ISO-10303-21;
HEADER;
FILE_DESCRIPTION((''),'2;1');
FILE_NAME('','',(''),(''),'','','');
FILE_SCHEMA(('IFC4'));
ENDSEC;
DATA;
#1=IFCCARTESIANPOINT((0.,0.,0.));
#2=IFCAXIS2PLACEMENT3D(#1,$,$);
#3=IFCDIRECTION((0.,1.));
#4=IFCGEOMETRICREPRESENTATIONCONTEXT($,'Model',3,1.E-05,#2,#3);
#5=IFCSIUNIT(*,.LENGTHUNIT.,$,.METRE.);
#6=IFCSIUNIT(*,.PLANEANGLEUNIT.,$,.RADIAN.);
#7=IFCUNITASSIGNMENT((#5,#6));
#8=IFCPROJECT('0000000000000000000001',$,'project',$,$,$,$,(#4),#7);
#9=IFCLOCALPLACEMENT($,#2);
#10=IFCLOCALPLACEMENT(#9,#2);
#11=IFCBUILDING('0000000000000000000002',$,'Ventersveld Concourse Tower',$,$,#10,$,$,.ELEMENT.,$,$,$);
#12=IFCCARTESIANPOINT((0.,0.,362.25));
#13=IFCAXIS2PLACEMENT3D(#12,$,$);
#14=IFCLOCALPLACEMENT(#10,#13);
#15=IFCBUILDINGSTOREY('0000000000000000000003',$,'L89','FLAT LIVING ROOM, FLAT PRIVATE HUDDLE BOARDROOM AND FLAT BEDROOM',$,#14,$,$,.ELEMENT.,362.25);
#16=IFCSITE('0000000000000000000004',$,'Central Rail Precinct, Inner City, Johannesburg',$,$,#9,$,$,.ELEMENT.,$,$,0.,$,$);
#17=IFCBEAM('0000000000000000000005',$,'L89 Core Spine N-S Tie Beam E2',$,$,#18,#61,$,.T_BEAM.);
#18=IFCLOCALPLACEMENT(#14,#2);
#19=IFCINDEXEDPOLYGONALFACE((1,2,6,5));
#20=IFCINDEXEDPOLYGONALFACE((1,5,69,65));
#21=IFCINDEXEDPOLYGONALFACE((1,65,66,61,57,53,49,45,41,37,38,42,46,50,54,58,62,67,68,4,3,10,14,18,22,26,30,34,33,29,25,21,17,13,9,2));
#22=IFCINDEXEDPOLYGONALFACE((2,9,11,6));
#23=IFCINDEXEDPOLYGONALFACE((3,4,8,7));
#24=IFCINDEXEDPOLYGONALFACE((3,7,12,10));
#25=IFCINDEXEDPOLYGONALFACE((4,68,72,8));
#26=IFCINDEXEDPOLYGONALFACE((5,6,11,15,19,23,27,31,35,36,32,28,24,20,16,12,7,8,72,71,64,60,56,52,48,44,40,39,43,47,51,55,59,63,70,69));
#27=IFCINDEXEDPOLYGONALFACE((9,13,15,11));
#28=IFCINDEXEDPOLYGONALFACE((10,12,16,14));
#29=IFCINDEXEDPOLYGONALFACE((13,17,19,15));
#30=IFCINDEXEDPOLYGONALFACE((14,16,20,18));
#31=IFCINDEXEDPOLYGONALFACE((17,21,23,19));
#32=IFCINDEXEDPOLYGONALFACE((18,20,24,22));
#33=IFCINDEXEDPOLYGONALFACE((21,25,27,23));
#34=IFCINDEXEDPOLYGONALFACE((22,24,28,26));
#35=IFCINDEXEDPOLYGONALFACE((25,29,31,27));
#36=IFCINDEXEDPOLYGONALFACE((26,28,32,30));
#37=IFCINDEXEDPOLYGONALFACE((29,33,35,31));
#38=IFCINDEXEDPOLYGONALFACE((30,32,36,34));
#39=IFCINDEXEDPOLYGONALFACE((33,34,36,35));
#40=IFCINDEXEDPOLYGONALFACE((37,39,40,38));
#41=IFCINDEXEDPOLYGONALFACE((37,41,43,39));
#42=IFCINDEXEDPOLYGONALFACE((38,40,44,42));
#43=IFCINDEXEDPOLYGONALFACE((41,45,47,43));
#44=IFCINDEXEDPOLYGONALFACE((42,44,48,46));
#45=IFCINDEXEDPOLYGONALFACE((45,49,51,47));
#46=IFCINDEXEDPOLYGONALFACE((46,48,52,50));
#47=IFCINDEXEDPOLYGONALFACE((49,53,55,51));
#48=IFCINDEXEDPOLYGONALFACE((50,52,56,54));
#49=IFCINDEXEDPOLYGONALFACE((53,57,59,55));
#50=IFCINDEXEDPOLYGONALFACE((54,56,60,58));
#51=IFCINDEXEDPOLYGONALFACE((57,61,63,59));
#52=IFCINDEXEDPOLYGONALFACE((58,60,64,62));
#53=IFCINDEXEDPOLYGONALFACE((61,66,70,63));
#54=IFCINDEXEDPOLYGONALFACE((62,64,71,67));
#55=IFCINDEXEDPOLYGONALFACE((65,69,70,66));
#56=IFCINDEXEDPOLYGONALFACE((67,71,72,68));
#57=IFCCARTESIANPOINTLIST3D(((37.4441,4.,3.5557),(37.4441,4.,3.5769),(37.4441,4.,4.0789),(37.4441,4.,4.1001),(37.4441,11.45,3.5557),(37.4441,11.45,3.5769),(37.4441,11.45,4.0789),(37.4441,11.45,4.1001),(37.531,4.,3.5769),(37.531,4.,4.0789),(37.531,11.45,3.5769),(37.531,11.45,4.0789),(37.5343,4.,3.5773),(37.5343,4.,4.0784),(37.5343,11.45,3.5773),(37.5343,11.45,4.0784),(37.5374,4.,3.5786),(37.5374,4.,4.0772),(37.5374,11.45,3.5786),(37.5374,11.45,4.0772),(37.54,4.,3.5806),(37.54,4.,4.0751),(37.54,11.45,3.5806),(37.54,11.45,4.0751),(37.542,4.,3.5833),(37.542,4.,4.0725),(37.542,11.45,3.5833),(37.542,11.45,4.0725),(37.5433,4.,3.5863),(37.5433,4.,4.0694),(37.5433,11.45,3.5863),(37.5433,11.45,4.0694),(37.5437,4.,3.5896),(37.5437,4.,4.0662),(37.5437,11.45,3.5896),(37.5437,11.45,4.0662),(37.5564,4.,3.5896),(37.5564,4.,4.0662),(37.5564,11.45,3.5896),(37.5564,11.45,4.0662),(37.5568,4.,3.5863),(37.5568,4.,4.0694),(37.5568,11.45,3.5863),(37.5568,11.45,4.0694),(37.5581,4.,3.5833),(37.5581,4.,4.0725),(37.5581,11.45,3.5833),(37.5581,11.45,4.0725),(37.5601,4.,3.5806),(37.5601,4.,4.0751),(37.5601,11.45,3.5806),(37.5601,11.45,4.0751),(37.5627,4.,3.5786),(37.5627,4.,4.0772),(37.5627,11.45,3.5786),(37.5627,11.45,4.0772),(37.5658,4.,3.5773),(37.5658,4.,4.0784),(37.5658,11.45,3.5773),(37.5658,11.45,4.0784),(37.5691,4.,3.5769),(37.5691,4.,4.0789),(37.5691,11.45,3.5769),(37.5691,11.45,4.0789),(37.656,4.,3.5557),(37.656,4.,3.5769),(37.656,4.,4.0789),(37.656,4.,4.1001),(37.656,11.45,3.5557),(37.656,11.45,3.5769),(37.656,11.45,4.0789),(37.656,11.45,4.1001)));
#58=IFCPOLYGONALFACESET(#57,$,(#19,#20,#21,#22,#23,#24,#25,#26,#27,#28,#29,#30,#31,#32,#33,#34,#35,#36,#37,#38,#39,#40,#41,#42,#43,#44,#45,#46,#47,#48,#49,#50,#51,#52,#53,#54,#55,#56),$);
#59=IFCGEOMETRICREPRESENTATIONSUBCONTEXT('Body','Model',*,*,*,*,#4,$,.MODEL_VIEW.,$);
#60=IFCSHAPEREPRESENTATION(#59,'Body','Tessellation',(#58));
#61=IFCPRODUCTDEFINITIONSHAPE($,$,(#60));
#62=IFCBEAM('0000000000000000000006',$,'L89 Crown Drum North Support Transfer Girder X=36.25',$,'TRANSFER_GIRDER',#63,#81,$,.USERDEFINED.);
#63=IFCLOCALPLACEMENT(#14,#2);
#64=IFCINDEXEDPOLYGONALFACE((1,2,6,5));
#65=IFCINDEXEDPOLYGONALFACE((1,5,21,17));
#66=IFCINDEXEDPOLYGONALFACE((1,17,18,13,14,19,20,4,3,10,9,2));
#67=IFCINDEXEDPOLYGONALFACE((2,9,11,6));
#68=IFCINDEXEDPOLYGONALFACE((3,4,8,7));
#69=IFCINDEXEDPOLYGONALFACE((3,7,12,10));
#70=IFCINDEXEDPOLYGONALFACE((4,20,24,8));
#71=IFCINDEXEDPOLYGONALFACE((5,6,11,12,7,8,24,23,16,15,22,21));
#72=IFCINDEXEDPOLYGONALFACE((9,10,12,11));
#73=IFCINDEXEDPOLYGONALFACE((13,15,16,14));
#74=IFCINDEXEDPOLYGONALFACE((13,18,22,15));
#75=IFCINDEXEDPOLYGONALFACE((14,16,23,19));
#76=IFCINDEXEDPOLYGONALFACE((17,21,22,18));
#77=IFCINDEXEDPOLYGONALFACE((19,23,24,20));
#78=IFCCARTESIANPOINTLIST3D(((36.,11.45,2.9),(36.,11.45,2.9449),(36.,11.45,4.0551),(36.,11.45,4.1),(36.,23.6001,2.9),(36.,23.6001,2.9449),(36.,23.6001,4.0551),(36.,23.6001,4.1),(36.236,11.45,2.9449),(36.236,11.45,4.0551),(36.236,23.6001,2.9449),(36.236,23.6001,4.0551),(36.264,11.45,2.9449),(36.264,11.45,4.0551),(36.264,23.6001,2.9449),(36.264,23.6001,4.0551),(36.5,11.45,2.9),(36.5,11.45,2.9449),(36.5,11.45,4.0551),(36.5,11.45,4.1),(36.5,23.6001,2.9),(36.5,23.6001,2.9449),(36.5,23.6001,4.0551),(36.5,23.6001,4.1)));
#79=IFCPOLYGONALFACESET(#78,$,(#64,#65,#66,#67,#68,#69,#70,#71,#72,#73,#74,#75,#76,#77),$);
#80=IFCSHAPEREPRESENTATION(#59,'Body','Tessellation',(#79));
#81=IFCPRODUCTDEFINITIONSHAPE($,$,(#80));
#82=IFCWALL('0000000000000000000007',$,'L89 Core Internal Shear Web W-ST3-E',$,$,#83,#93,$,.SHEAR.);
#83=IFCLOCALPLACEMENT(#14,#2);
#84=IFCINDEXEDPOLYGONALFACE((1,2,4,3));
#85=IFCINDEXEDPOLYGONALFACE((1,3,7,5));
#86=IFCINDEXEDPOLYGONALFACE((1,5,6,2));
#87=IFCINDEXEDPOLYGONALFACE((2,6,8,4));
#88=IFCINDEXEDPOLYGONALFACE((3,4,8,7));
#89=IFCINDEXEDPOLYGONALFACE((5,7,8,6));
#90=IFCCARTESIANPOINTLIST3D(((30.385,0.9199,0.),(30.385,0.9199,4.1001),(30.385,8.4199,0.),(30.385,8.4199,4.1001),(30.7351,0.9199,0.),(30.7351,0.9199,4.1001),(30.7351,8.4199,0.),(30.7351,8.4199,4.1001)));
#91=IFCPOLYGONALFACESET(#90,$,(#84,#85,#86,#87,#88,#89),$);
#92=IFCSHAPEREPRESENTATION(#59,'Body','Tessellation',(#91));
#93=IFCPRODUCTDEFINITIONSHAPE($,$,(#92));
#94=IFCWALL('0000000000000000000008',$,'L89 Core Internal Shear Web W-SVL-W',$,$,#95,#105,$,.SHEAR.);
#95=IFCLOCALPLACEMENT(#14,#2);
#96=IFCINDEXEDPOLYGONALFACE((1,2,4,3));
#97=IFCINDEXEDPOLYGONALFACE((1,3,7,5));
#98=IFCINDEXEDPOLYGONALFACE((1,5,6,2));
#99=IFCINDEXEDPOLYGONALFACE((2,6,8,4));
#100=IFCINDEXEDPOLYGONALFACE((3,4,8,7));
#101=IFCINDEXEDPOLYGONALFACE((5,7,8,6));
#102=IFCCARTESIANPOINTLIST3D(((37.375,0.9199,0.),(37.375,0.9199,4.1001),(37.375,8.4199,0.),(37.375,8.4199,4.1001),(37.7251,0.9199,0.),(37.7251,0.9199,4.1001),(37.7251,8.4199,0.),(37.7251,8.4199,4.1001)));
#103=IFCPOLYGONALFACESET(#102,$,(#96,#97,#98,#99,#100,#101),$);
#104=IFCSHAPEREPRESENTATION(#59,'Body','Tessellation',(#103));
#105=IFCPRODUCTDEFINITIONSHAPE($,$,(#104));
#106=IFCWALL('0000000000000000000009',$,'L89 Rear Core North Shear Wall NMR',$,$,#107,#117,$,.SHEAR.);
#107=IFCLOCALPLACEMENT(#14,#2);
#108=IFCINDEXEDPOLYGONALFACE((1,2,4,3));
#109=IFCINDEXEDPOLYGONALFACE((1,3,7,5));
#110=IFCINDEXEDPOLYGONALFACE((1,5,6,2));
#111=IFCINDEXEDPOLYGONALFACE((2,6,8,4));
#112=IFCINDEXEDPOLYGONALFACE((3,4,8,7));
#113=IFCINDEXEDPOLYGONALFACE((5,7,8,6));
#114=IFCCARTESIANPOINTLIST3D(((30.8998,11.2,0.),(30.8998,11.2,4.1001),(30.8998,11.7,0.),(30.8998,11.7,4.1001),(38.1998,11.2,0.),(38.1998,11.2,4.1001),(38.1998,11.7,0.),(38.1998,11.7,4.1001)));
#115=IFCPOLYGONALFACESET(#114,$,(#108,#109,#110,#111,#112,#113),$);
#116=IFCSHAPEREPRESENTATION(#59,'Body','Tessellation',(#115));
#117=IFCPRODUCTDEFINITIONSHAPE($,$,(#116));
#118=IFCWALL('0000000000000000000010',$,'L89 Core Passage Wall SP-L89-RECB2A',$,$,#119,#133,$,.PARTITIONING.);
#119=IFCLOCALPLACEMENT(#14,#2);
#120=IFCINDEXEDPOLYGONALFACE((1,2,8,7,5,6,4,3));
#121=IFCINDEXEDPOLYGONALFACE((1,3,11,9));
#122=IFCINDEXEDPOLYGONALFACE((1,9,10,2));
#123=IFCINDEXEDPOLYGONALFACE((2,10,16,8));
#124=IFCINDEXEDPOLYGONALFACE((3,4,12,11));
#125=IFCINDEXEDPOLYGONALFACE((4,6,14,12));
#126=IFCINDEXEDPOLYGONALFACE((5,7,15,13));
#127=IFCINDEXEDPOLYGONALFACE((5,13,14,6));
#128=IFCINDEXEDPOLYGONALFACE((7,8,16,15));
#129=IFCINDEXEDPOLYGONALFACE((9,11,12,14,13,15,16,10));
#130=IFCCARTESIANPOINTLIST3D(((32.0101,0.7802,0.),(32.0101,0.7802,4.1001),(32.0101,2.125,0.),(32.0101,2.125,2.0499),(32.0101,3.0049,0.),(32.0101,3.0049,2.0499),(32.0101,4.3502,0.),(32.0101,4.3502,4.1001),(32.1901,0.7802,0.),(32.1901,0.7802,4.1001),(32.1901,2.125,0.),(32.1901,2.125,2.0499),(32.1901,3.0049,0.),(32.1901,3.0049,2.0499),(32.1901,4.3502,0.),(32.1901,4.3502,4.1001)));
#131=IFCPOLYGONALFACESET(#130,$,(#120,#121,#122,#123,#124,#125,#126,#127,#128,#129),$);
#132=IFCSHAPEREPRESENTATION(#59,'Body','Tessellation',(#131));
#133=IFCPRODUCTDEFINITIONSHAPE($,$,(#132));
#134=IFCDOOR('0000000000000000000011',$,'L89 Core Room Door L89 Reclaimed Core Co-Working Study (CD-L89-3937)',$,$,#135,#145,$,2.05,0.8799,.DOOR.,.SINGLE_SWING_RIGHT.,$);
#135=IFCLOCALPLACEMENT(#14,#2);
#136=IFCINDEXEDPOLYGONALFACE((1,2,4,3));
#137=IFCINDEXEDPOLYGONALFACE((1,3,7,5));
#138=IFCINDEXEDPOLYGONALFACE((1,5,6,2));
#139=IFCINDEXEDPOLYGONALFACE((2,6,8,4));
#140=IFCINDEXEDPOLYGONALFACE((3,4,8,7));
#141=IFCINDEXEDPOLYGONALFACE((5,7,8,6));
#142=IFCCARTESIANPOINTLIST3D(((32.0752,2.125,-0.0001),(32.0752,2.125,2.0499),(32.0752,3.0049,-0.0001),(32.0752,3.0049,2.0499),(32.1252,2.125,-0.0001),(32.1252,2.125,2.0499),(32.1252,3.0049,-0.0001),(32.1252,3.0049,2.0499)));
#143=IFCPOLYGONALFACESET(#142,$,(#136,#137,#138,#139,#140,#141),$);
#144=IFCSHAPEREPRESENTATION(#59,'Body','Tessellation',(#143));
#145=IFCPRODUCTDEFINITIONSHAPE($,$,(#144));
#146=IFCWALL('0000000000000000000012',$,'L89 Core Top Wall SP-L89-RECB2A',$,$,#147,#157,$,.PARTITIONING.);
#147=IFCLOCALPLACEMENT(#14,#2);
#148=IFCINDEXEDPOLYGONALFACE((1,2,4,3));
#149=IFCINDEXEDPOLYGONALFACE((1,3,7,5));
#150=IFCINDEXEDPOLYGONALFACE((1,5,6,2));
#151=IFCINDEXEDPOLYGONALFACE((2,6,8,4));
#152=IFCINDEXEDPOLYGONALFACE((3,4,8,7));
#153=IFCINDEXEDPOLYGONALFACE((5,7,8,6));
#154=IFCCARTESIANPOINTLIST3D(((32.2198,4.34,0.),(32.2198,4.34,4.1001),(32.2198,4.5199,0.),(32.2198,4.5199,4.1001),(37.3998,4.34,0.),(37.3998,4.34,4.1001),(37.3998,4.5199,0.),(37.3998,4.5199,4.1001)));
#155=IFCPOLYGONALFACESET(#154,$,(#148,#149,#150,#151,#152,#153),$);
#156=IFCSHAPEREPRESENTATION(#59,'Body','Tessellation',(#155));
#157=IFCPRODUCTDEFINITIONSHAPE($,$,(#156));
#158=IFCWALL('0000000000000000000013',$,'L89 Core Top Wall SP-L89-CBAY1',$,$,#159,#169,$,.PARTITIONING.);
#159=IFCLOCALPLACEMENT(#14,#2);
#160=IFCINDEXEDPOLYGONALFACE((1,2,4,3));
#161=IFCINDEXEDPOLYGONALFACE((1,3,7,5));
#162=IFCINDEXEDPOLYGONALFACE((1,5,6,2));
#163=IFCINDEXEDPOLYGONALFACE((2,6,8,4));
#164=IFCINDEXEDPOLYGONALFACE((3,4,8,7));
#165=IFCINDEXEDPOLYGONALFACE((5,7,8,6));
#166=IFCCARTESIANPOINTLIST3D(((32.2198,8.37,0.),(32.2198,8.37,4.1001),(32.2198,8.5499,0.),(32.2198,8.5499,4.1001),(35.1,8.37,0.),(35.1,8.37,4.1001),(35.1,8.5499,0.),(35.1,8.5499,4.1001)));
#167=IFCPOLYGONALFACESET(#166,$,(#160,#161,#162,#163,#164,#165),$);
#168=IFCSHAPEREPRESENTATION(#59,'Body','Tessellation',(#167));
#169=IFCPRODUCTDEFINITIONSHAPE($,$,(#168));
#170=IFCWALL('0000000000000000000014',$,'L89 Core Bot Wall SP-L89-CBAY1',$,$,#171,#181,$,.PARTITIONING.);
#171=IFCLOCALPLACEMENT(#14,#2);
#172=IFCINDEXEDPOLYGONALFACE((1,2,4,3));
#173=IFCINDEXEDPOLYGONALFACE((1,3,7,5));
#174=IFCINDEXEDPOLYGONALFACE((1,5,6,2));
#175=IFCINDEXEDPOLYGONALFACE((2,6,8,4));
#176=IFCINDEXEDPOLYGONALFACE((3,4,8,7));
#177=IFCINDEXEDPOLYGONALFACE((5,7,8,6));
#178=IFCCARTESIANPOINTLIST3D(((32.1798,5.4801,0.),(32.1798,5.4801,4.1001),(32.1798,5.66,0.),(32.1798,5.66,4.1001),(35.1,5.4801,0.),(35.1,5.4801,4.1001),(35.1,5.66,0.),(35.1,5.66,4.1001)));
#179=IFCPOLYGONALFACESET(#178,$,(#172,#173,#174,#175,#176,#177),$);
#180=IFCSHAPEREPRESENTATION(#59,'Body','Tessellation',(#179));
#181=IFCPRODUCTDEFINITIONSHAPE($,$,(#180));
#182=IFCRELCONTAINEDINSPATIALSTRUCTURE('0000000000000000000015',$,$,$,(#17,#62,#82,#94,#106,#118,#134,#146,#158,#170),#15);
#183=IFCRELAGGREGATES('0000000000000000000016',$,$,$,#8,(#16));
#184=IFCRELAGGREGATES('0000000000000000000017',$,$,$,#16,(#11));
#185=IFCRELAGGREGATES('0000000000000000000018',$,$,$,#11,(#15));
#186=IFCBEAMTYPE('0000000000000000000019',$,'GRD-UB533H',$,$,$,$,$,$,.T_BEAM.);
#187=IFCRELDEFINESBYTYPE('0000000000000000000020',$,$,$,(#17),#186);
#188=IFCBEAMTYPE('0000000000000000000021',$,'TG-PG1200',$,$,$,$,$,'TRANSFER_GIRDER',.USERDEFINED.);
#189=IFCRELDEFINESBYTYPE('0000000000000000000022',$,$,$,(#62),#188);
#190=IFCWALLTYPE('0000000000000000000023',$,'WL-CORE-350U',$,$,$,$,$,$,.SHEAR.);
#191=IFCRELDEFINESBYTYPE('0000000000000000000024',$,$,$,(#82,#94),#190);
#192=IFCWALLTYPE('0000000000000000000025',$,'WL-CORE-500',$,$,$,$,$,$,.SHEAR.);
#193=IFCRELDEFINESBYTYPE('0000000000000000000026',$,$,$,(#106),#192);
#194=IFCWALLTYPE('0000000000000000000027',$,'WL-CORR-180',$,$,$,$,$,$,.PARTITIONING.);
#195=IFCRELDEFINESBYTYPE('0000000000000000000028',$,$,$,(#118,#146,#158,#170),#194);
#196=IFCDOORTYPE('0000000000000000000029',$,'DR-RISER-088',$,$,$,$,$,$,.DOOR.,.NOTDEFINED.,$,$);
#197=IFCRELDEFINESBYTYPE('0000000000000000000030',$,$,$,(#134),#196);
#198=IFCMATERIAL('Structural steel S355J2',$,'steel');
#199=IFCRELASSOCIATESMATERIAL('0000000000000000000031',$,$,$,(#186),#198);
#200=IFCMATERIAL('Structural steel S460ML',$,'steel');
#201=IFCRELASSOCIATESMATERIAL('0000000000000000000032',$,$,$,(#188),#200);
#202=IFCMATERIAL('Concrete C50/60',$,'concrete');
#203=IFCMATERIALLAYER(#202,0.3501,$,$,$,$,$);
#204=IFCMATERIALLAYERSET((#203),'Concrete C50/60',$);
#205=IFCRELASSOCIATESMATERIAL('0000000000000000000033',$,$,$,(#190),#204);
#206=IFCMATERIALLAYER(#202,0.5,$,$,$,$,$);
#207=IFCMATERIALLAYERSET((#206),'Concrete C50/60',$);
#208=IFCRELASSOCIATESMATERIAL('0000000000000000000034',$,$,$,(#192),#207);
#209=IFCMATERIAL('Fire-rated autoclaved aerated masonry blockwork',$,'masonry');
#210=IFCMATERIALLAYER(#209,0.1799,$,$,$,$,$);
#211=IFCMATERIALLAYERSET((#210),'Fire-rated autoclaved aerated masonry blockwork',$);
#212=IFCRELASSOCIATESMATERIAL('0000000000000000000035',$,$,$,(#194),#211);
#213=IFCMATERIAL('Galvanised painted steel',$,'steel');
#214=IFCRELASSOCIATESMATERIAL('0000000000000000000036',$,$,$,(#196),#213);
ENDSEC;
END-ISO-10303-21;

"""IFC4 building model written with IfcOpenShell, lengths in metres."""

from ifc_helpers import new_model, si_unit, direction, frame, frame_2d, origin, origin_2d, place, context, subcontext, project, spatial, rectangle, i_section, extrude, material, layer, layer_set, material_profile, profile_set, type_object, element, fill, save


model = new_model("IFC4")

# Units and contexts
model_context = context("Model", 3, precision=1e-05, world=origin(), true_north=direction((0.0, 1.0)))
body_context = subcontext(model_context, "Body", "Model", "MODEL_VIEW")
ifc_project = project(units=[si_unit("LENGTHUNIT", "METRE"), si_unit("PLANEANGLEUNIT", "RADIAN")], contexts=[model_context])

# Site, building, storey
site_placement = place(None, origin())
site = spatial("IfcSite", under=ifc_project, at=site_placement, Name="Central Rail Precinct, Inner City, Johannesburg", CompositionType="ELEMENT", RefElevation=0.0)
building_placement = place(site_placement, origin())
building = spatial("IfcBuilding", under=site, at=building_placement, Name="Ventersveld Concourse Tower", CompositionType="ELEMENT")
storey_placement = place(building_placement, frame((0.0, 0.0, 362.25)))
storey = spatial("IfcBuildingStorey", under=building, at=storey_placement, Name="L89", Description="FLAT LIVING ROOM, FLAT PRIVATE HUDDLE BOARDROOM AND FLAT BEDROOM", CompositionType="ELEMENT", Elevation=362.25)

# Shared definitions
ifc_material_1 = material(Name="Concrete C50/60", Category="concrete")

# Beams
ifc_material_2 = material(Name="Structural steel S355J2", Category="steel")
ifc_material_profile_1 = material_profile(ifc_material_2, i_section(OverallWidth=0.2119, OverallDepth=0.5444, WebThickness=0.0127, FlangeThickness=0.0212, FilletRadius=0.0127, at=origin_2d()), Name="UB 533x210x122")
ifc_profile_set_1 = profile_set([ifc_material_profile_1], Name="Structural steel S355J2")
beam_type_1 = type_object("IfcBeamType", Name="GRD-UB533H", PredefinedType="T_BEAM", material=ifc_profile_set_1)
beam_1_placement = place(storey_placement, frame((37.55, 4.0, 3.8279), z_axis=(0.0, 1.0, 0.0), x_axis=(-1.0, 0.0, 0.0)))
element("IfcBeam", 1, at=beam_1_placement, inside=storey, type_object=beam_type_1, Name="L89 Core Spine N-S Tie Beam E2", PredefinedType="T_BEAM", context=body_context, shape_type="SweptSolid", body=[
    extrude(i_section(OverallWidth=0.2119, OverallDepth=0.5444, WebThickness=0.0127, FlangeThickness=0.0212, FilletRadius=0.0127, at=origin_2d()), origin(), (0.0, 0.0, 1.0), 7.45),
])
ifc_material_3 = material(Name="Structural steel S460ML", Category="steel")
ifc_material_profile_2 = material_profile(ifc_material_3, i_section(OverallWidth=0.5, OverallDepth=1.2, WebThickness=0.0281, FlangeThickness=0.0449, at=origin_2d()), Name="PG 1200x500x45")
ifc_profile_set_2 = profile_set([ifc_material_profile_2], Name="Structural steel S460ML")
beam_type_2 = type_object("IfcBeamType", Name="TG-PG1200", ElementType="TRANSFER_GIRDER", PredefinedType="USERDEFINED", material=ifc_profile_set_2)
beam_2_placement = place(storey_placement, frame((36.25, 11.45, 3.5), z_axis=(0.0, 1.0, 0.0), x_axis=(-1.0, 0.0, 0.0)))
element("IfcBeam", 2, at=beam_2_placement, inside=storey, type_object=beam_type_2, Name="L89 Crown Drum North Support Transfer Girder X=36.25", ObjectType="TRANSFER_GIRDER", PredefinedType="USERDEFINED", context=body_context, shape_type="SweptSolid", body=[
    extrude(i_section(OverallWidth=0.5, OverallDepth=1.2, WebThickness=0.0281, FlangeThickness=0.0449, at=origin_2d()), origin(), (0.0, 0.0, 1.0), 12.1501),
])

# Walls
ifc_layer_1 = layer(ifc_material_1, 0.3501)
ifc_layer_set_1 = layer_set([ifc_layer_1], Name="Concrete C50/60")
wall_type_1 = type_object("IfcWallType", Name="WL-CORE-350U", PredefinedType="SHEAR", material=ifc_layer_set_1)
for number, where, z_axis, x_axis, name in (
    (3, (30.5601, 0.9199, 0.0), (0.0, 0.0, 1.0), (0.0, 1.0, 0.0), "L89 Core Internal Shear Web W-ST3-E"),
    (4, (37.55, 0.9199, 0.0), (0.0, 0.0, 1.0), (0.0, 1.0, 0.0), "L89 Core Internal Shear Web W-SVL-W"),
):
    element("IfcWall", number, at=place(storey_placement, frame(where, z_axis=z_axis, x_axis=x_axis)), inside=storey, type_object=wall_type_1, Name=name, PredefinedType="SHEAR", context=body_context, shape_type="SweptSolid", body=[
        extrude(rectangle(XDim=7.5, YDim=0.3501, at=frame_2d((3.75, 0.0))), origin(), (0.0, 0.0, 1.0), 4.1001),
    ])
ifc_layer_2 = layer(ifc_material_1, 0.5)
ifc_layer_set_2 = layer_set([ifc_layer_2], Name="Concrete C50/60")
wall_type_2 = type_object("IfcWallType", Name="WL-CORE-500", PredefinedType="SHEAR", material=ifc_layer_set_2)
wall_1_placement = place(storey_placement, frame((30.8999, 11.45, 0.0), z_axis=(0.0, 0.0, 1.0), x_axis=(1.0, 0.0, 0.0)))
element("IfcWall", 5, at=wall_1_placement, inside=storey, type_object=wall_type_2, Name="L89 Rear Core North Shear Wall NMR", PredefinedType="SHEAR", context=body_context, shape_type="SweptSolid", body=[
    extrude(rectangle(XDim=7.3, YDim=0.5, at=frame_2d((3.6499, 0.0))), origin(), (0.0, 0.0, 1.0), 4.1001),
])

# Wall, opening, door
ifc_material_4 = material(Name="Fire-rated autoclaved aerated masonry blockwork", Category="masonry")
ifc_layer_3 = layer(ifc_material_4, 0.1799)
ifc_layer_set_3 = layer_set([ifc_layer_3], Name="Fire-rated autoclaved aerated masonry blockwork")
wall_type_3 = type_object("IfcWallType", Name="WL-CORR-180", PredefinedType="PARTITIONING", material=ifc_layer_set_3)
wall_2_placement = place(storey_placement, frame((32.1001, 0.78, 0.0), z_axis=(0.0, 0.0, 1.0), x_axis=(0.0, 1.0, 0.0)))
wall_2 = element("IfcWall", 6, at=wall_2_placement, inside=storey, type_object=wall_type_3, Name="L89 Core Passage Wall SP-L89-RECB2A", PredefinedType="PARTITIONING", context=body_context, shape_type="SweptSolid", body=[
    extrude(rectangle(XDim=3.5701, YDim=0.1799, at=frame_2d((1.7852, 0.0))), origin(), (0.0, 0.0, 1.0), 4.1001),
])
opening_1_placement = place(wall_2_placement, frame((1.345, 0.0, 0.0)))
opening_1 = element("IfcOpeningElement", 7, at=opening_1_placement, cuts=wall_2, PredefinedType="OPENING", context=body_context, shape_type="SweptSolid", body=[
    extrude(rectangle(XDim=0.8799, YDim=2.05, at=frame_2d((0.4399, 1.0249))), frame((0.0, 0.1001, 0.0), z_axis=(0.0, -1.0, 0.0), x_axis=(1.0, 0.0, 0.0)), (0.0, 0.0, 1.0), 0.2),
])
ifc_material_5 = material(Name="Galvanised painted steel", Category="steel")
door_type_1 = type_object("IfcDoorType", Name="DR-RISER-088", OperationType="NOTDEFINED", PredefinedType="DOOR", material=ifc_material_5)
door_1_placement = place(opening_1_placement, origin())
door_1 = element("IfcDoor", 8, at=door_1_placement, inside=storey, type_object=door_type_1, Name="L89 Core Room Door L89 Reclaimed Core Co-Working Study (CD-L89-3937)", OperationType="SINGLE_SWING_RIGHT", OverallHeight=2.05, OverallWidth=0.8799, PredefinedType="DOOR", context=body_context, shape_type="SweptSolid", body=[
    extrude(rectangle(XDim=0.8799, YDim=2.05, at=frame_2d((0.4399, 1.0249))), frame((0.0, 0.0249, 0.0), z_axis=(0.0, -1.0, 0.0), x_axis=(1.0, 0.0, 0.0)), (0.0, 0.0, 1.0), 0.05),
])
fill(opening_1, door_1)

# Wall
wall_3_placement = place(storey_placement, frame((32.22, 4.4299, 0.0), z_axis=(0.0, 0.0, 1.0), x_axis=(1.0, 0.0, 0.0)))
element("IfcWall", 9, at=wall_3_placement, inside=storey, type_object=wall_type_3, Name="L89 Core Top Wall SP-L89-RECB2A", PredefinedType="PARTITIONING", context=body_context, shape_type="SweptSolid", body=[
    extrude(rectangle(XDim=5.1799, YDim=0.1799, at=frame_2d((2.5898, 0.0))), origin(), (0.0, 0.0, 1.0), 4.1001),
])

# Walls
wall_4_placement = place(storey_placement, frame((32.22, 8.46, 0.0), z_axis=(0.0, 0.0, 1.0), x_axis=(1.0, 0.0, 0.0)))
element("IfcWall", 10, at=wall_4_placement, inside=storey, type_object=wall_type_3, Name="L89 Core Top Wall SP-L89-CBAY1", PredefinedType="PARTITIONING", context=body_context, shape_type="SweptSolid", body=[
    extrude(rectangle(XDim=2.8801, YDim=0.1799, at=frame_2d((1.4399, 0.0))), origin(), (0.0, 0.0, 1.0), 4.1001),
])
wall_5_placement = place(storey_placement, frame((32.1799, 5.5701, 0.0), z_axis=(0.0, 0.0, 1.0), x_axis=(1.0, 0.0, 0.0)))
element("IfcWall", 11, at=wall_5_placement, inside=storey, type_object=wall_type_3, Name="L89 Core Bot Wall SP-L89-CBAY1", PredefinedType="PARTITIONING", context=body_context, shape_type="SweptSolid", body=[
    extrude(rectangle(XDim=2.9202, YDim=0.1799, at=frame_2d((1.46, 0.0))), origin(), (0.0, 0.0, 1.0), 4.1001),
])

save(model, "model.ifc")
